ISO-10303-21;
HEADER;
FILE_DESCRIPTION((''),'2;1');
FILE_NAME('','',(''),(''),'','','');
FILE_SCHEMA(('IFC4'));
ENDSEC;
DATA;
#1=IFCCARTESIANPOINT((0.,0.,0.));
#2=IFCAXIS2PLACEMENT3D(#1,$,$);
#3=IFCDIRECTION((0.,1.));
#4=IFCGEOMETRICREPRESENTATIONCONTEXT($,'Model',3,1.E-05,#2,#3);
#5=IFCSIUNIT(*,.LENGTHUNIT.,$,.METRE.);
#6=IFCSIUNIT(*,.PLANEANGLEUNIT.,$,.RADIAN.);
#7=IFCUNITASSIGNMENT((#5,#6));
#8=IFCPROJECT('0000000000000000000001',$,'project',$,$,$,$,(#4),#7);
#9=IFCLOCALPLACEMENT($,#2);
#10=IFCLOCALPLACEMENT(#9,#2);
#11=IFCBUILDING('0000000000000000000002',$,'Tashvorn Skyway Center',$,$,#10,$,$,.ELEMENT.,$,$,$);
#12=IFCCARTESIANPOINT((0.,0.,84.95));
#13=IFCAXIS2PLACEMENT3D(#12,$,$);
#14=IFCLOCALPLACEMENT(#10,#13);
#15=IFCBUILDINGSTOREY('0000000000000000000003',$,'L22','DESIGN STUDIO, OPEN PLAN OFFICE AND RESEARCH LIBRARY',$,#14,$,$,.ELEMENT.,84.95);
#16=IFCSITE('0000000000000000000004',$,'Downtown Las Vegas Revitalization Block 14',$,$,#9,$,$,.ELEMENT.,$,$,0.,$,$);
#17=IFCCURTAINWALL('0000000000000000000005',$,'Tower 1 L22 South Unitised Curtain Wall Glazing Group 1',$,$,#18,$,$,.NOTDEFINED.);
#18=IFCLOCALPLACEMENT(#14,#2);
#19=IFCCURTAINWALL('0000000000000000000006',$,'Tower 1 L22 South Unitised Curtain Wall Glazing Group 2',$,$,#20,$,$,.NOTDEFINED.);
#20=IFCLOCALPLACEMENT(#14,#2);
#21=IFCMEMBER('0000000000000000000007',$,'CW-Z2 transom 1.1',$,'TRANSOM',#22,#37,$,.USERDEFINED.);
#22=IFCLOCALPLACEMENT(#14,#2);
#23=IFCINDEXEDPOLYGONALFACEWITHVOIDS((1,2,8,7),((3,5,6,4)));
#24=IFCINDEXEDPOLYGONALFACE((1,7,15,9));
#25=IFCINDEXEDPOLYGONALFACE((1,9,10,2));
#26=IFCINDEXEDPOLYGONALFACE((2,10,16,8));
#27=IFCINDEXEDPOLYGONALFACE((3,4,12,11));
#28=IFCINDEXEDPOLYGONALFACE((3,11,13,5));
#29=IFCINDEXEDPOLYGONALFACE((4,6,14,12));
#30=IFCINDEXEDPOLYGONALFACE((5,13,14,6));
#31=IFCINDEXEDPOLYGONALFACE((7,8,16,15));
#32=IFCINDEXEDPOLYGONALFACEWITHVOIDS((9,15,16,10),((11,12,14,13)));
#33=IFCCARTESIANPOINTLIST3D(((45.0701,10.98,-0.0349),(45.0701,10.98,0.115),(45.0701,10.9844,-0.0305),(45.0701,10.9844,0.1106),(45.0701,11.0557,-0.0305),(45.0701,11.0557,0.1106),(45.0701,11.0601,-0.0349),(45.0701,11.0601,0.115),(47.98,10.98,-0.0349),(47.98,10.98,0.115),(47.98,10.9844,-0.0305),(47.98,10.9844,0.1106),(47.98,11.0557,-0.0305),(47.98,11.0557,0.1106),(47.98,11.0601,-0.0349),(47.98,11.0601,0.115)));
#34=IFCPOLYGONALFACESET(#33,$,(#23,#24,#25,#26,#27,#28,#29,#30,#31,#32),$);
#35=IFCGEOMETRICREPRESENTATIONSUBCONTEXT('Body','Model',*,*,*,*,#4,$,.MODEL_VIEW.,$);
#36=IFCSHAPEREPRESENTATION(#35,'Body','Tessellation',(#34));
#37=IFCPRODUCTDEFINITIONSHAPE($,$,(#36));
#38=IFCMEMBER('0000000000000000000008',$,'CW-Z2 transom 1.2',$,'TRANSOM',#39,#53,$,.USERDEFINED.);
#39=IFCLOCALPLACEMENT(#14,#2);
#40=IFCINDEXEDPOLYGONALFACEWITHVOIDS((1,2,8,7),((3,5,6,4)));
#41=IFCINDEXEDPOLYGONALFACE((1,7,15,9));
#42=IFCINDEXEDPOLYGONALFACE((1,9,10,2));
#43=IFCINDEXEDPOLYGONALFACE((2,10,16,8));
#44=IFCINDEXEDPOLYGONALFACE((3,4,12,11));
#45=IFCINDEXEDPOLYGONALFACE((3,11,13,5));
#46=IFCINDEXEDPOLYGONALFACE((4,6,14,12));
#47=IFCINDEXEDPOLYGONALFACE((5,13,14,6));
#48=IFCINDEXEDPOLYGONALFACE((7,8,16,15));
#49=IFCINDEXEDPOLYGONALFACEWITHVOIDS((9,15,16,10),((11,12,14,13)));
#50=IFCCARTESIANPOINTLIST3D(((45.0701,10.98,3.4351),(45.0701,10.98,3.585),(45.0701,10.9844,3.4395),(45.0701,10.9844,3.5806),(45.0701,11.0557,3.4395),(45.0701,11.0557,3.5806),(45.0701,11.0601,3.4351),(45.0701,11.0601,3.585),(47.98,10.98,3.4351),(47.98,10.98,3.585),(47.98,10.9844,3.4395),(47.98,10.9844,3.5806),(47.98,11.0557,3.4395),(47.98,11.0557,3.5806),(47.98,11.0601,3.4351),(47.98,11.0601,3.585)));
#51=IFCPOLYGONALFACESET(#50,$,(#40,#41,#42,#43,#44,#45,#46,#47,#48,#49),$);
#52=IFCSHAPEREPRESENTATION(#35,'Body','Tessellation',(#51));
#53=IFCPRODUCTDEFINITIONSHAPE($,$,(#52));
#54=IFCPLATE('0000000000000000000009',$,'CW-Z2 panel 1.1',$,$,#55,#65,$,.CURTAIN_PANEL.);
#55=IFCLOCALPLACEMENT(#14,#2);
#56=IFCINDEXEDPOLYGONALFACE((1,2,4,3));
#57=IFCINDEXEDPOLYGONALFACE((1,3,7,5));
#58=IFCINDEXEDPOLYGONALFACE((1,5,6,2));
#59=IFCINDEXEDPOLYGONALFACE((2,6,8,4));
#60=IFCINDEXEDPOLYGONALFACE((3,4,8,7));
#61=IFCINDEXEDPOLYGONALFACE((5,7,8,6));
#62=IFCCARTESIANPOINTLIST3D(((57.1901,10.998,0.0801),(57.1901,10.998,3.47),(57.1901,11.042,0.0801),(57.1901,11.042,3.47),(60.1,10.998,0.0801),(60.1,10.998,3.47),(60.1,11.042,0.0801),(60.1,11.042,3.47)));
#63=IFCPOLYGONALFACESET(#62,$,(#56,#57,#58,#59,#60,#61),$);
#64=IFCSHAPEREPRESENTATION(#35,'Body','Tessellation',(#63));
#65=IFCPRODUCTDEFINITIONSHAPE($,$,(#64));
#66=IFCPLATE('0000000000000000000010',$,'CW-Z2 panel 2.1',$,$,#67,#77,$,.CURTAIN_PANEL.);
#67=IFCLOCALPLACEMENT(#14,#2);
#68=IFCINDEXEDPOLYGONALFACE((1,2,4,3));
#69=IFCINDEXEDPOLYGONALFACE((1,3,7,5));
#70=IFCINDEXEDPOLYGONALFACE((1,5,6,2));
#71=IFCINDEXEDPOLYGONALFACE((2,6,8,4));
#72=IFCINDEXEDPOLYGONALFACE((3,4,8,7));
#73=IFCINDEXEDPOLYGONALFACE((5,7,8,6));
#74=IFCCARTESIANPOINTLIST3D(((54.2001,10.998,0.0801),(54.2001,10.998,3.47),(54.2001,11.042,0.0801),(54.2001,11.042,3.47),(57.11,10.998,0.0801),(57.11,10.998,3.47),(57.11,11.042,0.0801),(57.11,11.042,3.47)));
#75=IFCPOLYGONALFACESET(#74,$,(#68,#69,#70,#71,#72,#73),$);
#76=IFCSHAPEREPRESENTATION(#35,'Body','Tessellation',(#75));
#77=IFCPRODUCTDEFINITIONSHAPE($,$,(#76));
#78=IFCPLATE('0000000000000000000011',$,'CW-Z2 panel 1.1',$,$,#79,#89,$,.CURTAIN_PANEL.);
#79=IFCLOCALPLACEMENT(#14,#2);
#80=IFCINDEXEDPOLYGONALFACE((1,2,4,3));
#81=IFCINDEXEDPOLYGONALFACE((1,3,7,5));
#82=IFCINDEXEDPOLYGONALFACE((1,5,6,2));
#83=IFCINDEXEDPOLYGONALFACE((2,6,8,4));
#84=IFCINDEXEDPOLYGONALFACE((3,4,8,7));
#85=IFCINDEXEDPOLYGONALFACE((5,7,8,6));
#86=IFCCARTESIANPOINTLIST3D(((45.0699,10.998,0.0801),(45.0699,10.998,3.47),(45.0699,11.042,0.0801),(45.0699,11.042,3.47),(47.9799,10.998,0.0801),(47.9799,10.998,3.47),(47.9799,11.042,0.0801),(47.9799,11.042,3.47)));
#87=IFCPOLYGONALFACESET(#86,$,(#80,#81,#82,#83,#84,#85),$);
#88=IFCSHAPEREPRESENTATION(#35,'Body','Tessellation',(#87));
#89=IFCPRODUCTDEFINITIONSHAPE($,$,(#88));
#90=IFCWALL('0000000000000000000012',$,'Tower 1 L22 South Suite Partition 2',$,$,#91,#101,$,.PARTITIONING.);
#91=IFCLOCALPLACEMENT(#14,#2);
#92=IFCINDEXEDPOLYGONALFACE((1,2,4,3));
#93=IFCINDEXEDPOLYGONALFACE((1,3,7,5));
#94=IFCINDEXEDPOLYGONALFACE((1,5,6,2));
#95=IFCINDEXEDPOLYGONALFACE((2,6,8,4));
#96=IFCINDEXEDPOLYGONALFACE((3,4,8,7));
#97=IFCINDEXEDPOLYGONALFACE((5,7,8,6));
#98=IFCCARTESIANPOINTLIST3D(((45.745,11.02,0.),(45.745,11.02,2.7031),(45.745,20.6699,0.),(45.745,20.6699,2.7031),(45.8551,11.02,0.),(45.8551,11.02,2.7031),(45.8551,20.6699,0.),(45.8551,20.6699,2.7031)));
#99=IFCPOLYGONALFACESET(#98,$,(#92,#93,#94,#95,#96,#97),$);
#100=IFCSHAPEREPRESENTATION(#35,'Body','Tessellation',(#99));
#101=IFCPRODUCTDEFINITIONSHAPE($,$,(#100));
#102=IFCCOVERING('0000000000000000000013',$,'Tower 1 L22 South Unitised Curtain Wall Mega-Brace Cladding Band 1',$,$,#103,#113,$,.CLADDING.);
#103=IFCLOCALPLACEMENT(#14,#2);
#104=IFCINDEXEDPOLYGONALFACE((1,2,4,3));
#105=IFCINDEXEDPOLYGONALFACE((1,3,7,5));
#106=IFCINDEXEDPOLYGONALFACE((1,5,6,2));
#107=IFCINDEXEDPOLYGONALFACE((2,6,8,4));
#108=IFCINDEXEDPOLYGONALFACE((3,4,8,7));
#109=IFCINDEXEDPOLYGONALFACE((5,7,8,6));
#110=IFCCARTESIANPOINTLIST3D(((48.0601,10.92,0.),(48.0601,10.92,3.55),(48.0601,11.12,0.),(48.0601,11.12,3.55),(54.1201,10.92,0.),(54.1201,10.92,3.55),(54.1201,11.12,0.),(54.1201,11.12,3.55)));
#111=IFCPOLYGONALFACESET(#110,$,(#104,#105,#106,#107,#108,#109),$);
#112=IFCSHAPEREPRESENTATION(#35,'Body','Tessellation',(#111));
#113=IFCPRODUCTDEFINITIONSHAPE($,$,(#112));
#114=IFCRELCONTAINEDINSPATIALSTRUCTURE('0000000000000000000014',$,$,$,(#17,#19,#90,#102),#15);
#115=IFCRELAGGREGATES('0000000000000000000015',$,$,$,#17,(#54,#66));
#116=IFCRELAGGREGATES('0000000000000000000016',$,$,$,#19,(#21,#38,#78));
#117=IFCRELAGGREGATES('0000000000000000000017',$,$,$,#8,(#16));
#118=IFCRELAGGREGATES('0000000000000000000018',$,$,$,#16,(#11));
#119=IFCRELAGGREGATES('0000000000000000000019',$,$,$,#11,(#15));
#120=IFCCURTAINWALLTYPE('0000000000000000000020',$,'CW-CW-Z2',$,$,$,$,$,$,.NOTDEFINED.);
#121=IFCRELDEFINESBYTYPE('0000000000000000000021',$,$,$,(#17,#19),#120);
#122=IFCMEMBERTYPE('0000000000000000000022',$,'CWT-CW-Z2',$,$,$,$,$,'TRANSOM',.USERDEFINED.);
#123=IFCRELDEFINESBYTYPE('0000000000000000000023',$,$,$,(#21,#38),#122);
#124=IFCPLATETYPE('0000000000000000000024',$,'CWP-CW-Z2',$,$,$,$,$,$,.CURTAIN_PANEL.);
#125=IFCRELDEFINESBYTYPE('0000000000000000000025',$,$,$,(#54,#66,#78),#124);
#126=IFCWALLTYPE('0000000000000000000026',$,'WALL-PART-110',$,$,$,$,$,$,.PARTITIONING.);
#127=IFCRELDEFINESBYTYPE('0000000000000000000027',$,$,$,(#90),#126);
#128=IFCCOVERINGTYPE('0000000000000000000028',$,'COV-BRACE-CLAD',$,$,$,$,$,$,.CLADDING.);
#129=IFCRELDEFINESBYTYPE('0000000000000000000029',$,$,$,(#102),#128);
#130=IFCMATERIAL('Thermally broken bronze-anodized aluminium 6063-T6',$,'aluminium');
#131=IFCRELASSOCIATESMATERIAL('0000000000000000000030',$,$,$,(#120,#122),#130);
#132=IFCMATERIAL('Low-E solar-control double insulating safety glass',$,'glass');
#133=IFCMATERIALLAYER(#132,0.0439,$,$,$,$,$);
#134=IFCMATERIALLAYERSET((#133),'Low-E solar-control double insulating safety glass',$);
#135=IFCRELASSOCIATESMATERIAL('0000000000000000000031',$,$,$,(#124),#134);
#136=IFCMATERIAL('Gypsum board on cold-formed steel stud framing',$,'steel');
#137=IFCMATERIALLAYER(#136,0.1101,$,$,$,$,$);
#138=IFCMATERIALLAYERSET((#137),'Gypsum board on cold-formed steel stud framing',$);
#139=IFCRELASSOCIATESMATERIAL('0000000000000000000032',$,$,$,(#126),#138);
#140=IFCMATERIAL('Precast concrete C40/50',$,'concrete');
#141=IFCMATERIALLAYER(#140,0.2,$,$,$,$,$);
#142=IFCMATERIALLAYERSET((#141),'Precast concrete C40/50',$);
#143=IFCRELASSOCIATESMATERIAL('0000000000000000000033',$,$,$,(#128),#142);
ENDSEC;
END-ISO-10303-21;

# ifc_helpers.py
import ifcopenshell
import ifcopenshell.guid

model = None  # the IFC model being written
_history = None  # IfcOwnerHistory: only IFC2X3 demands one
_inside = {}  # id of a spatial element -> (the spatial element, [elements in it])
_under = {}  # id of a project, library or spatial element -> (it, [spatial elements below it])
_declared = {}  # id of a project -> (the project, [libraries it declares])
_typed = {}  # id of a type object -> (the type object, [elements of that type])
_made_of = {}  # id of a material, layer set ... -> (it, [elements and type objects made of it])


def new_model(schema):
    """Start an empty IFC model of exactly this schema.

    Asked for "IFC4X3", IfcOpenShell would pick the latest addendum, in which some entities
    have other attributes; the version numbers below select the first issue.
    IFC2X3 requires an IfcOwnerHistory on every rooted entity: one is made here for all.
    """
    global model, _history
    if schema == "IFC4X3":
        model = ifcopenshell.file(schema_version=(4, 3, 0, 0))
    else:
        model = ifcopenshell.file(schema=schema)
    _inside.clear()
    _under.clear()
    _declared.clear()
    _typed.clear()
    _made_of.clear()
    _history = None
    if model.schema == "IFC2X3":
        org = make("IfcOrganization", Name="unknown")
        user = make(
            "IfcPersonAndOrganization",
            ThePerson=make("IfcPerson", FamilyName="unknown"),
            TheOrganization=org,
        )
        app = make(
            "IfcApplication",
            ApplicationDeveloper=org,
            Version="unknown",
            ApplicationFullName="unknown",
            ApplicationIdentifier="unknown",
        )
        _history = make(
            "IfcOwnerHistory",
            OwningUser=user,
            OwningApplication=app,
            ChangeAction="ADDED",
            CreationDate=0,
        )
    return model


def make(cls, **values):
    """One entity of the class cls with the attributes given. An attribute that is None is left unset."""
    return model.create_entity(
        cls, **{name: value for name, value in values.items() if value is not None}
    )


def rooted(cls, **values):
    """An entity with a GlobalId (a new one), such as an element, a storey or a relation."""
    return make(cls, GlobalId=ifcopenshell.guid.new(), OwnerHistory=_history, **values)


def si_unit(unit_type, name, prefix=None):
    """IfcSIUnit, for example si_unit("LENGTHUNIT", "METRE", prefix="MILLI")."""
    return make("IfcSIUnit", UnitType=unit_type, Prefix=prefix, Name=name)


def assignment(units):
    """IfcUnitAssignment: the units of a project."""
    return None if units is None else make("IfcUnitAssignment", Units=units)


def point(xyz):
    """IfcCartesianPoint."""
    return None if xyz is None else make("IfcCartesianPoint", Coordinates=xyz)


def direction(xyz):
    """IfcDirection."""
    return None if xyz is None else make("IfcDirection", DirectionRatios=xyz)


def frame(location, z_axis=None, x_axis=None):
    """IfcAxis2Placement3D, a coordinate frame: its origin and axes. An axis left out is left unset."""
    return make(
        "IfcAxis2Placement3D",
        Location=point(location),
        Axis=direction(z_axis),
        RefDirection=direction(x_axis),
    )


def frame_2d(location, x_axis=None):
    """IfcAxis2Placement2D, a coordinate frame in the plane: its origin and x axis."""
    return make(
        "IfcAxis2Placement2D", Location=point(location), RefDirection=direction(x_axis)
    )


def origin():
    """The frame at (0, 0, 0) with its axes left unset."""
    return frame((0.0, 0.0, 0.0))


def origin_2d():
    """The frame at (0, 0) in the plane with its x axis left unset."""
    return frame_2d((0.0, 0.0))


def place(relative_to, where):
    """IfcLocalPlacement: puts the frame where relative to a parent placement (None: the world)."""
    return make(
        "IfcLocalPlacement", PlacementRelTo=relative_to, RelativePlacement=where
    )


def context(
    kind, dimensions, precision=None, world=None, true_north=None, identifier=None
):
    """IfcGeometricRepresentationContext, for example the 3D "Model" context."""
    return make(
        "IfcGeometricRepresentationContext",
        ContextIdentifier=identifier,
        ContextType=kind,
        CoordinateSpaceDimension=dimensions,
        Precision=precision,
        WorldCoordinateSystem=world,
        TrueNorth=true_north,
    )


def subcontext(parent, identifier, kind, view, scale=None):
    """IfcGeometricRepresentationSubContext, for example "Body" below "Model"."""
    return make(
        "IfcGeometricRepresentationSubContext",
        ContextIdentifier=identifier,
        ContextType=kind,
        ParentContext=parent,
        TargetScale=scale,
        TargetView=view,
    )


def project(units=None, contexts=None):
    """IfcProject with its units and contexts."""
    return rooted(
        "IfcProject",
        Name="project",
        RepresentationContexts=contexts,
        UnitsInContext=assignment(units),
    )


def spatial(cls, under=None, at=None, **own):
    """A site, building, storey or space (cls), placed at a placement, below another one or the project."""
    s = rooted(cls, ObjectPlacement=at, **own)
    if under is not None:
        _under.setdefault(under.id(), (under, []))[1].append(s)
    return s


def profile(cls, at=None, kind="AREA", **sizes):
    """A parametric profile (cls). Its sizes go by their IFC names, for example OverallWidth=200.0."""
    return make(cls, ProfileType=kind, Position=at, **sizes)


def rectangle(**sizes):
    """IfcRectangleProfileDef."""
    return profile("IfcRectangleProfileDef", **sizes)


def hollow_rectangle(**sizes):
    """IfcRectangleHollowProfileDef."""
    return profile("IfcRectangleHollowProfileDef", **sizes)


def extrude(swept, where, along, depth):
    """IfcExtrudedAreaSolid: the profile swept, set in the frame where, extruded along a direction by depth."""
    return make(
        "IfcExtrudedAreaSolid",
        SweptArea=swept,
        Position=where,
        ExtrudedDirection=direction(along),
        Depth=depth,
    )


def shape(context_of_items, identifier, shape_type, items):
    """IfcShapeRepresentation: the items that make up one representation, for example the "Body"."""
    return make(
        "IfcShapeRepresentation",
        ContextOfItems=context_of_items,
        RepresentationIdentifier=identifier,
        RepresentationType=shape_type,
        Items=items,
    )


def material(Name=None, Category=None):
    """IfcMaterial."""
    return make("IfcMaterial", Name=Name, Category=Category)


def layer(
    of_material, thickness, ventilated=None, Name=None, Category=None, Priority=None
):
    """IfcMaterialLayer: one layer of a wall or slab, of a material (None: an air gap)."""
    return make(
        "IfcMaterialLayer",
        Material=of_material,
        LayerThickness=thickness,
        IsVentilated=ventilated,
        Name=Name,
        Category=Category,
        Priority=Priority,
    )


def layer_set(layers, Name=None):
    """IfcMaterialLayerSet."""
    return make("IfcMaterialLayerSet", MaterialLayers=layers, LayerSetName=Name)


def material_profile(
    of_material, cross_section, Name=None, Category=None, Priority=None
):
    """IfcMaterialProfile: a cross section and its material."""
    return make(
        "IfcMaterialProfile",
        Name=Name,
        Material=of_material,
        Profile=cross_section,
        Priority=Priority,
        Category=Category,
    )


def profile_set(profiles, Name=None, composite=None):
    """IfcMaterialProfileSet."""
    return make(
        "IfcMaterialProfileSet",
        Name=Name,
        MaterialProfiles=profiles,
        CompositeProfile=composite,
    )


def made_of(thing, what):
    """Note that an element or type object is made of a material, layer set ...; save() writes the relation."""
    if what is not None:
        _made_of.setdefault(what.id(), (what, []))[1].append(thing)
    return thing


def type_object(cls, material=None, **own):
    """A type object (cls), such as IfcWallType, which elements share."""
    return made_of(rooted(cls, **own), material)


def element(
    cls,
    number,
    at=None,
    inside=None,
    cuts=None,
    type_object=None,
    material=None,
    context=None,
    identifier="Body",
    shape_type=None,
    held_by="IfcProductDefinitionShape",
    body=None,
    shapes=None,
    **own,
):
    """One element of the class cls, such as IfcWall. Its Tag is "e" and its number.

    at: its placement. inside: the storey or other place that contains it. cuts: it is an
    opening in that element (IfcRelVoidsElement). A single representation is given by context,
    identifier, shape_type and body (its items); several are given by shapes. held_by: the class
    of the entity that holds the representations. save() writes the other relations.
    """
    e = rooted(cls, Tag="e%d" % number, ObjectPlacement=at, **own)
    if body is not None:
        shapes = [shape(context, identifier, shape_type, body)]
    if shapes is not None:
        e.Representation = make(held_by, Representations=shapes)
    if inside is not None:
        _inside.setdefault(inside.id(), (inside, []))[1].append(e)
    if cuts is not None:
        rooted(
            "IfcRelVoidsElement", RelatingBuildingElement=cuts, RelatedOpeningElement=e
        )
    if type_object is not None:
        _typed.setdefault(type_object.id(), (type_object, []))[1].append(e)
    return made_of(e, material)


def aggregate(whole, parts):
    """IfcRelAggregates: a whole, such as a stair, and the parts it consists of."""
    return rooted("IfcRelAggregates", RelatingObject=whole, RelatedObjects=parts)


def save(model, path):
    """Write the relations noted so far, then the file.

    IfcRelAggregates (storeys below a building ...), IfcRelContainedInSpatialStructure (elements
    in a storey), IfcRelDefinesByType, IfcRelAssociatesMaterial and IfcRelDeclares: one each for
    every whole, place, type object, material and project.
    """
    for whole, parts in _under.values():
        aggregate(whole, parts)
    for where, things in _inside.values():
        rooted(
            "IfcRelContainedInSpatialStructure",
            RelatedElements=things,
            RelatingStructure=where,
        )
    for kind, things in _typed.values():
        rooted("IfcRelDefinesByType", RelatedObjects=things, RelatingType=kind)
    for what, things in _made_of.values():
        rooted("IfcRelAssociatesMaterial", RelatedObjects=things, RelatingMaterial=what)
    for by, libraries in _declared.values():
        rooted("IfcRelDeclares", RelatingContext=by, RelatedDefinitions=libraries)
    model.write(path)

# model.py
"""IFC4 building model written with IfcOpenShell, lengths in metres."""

from ifc_helpers import new_model, si_unit, direction, frame, frame_2d, origin, origin_2d, place, context, subcontext, project, spatial, rectangle, hollow_rectangle, extrude, material, layer, layer_set, material_profile, profile_set, type_object, element, aggregate, save


model = new_model("IFC4")

# Units and contexts
model_context = context("Model", 3, precision=1e-05, world=origin(), true_north=direction((0.0, 1.0)))
body_context = subcontext(model_context, "Body", "Model", "MODEL_VIEW")
ifc_project = project(units=[si_unit("LENGTHUNIT", "METRE"), si_unit("PLANEANGLEUNIT", "RADIAN")], contexts=[model_context])

# Site, building, storey
site_placement = place(None, origin())
site = spatial("IfcSite", under=ifc_project, at=site_placement, Name="Downtown Las Vegas Revitalization Block 14", CompositionType="ELEMENT", RefElevation=0.0)
building_placement = place(site_placement, origin())
building = spatial("IfcBuilding", under=site, at=building_placement, Name="Tashvorn Skyway Center", CompositionType="ELEMENT")
storey_placement = place(building_placement, frame((0.0, 0.0, 84.95)))
storey = spatial("IfcBuildingStorey", under=building, at=storey_placement, Name="L22", Description="DESIGN STUDIO, OPEN PLAN OFFICE AND RESEARCH LIBRARY", CompositionType="ELEMENT", Elevation=84.95)

# Curtain wall
ifc_material_1 = material(Name="Thermally broken bronze-anodized aluminium 6063-T6", Category="aluminium")
curtain_wall_type = type_object("IfcCurtainWallType", Name="CW-CW-Z2", PredefinedType="NOTDEFINED", material=ifc_material_1)
curtain_wall_1_placement = place(storey_placement, origin())
curtain_wall_1 = element("IfcCurtainWall", 1, at=curtain_wall_1_placement, inside=storey, type_object=curtain_wall_type, Name="Tower 1 L22 South Unitised Curtain Wall Glazing Group 1", PredefinedType="NOTDEFINED")

# Curtain wall
curtain_wall_2_placement = place(storey_placement, origin())
curtain_wall_2 = element("IfcCurtainWall", 2, at=curtain_wall_2_placement, inside=storey, type_object=curtain_wall_type, Name="Tower 1 L22 South Unitised Curtain Wall Glazing Group 2", PredefinedType="NOTDEFINED")

# Members
ifc_material_profile_1 = material_profile(ifc_material_1, hollow_rectangle(XDim=0.0801, YDim=0.1499, WallThickness=0.0044, at=origin_2d()), Name="ALU-TRAN-80x150")
ifc_profile_set_1 = profile_set([ifc_material_profile_1], Name="Thermally broken bronze-anodized aluminium 6063-T6")
member_type_1 = type_object("IfcMemberType", Name="CWT-CW-Z2", ElementType="TRANSOM", PredefinedType="USERDEFINED", material=ifc_profile_set_1)
member_1_placement = place(storey_placement, frame((47.98, 11.02, 0.04), z_axis=(-1.0, 0.0, 0.0), x_axis=(0.0, -1.0, 0.0)))
member_1 = element("IfcMember", 3, at=member_1_placement, type_object=member_type_1, Name="CW-Z2 transom 1.1", ObjectType="TRANSOM", PredefinedType="USERDEFINED", context=body_context, shape_type="SweptSolid", body=[
    extrude(hollow_rectangle(XDim=0.0801, YDim=0.1499, WallThickness=0.0044, at=origin_2d()), origin(), (0.0, 0.0, 1.0), 2.9099),
])
member_2_placement = place(storey_placement, frame((47.98, 11.02, 3.51), z_axis=(-1.0, 0.0, 0.0), x_axis=(0.0, -1.0, 0.0)))
member_2 = element("IfcMember", 4, at=member_2_placement, type_object=member_type_1, Name="CW-Z2 transom 1.2", ObjectType="TRANSOM", PredefinedType="USERDEFINED", context=body_context, shape_type="SweptSolid", body=[
    extrude(hollow_rectangle(XDim=0.0801, YDim=0.1499, WallThickness=0.0044, at=origin_2d()), origin(), (0.0, 0.0, 1.0), 2.9099),
])

# Plates
ifc_material_2 = material(Name="Low-E solar-control double insulating safety glass", Category="glass")
ifc_layer_1 = layer(ifc_material_2, 0.0439)
ifc_layer_set_1 = layer_set([ifc_layer_1], Name="Low-E solar-control double insulating safety glass")
plate_type = type_object("IfcPlateType", Name="CWP-CW-Z2", PredefinedType="CURTAIN_PANEL", material=ifc_layer_set_1)
plate_1_placement = place(storey_placement, frame((58.645, 11.02, 0.0801), z_axis=(0.0, 0.0, 1.0), x_axis=(-1.0, 0.0, 0.0)))
plate_1 = element("IfcPlate", 5, at=plate_1_placement, type_object=plate_type, Name="CW-Z2 panel 1.1", PredefinedType="CURTAIN_PANEL", context=body_context, shape_type="SweptSolid", body=[
    extrude(rectangle(XDim=2.9099, YDim=0.0439, at=origin_2d()), origin(), (0.0, 0.0, 1.0), 3.3899),
])
plate_2_placement = place(storey_placement, frame((55.655, 11.02, 0.0801), z_axis=(0.0, 0.0, 1.0), x_axis=(-1.0, 0.0, 0.0)))
plate_2 = element("IfcPlate", 6, at=plate_2_placement, type_object=plate_type, Name="CW-Z2 panel 2.1", PredefinedType="CURTAIN_PANEL", context=body_context, shape_type="SweptSolid", body=[
    extrude(rectangle(XDim=2.9099, YDim=0.0439, at=origin_2d()), origin(), (0.0, 0.0, 1.0), 3.3899),
])
aggregate(curtain_wall_1, [plate_1, plate_2])
plate_3_placement = place(storey_placement, frame((46.5249, 11.02, 0.0801), z_axis=(0.0, 0.0, 1.0), x_axis=(-1.0, 0.0, 0.0)))
plate_3 = element("IfcPlate", 7, at=plate_3_placement, type_object=plate_type, Name="CW-Z2 panel 1.1", PredefinedType="CURTAIN_PANEL", context=body_context, shape_type="SweptSolid", body=[
    extrude(rectangle(XDim=2.9099, YDim=0.0439, at=origin_2d()), origin(), (0.0, 0.0, 1.0), 3.3899),
])
aggregate(curtain_wall_2, [member_1, member_2, plate_3])

# Wall
ifc_material_3 = material(Name="Gypsum board on cold-formed steel stud framing", Category="steel")
ifc_layer_2 = layer(ifc_material_3, 0.1101)
ifc_layer_set_2 = layer_set([ifc_layer_2], Name="Gypsum board on cold-formed steel stud framing")
wall_type = type_object("IfcWallType", Name="WALL-PART-110", PredefinedType="PARTITIONING", material=ifc_layer_set_2)
wall_placement = place(storey_placement, frame((45.8, 11.02, 0.0), z_axis=(0.0, 0.0, 1.0), x_axis=(0.0, 1.0, 0.0)))
element("IfcWall", 8, at=wall_placement, inside=storey, type_object=wall_type, Name="Tower 1 L22 South Suite Partition 2", PredefinedType="PARTITIONING", context=body_context, shape_type="SweptSolid", body=[
    extrude(rectangle(XDim=9.6499, YDim=0.1101, at=frame_2d((4.825, 0.0))), origin(), (0.0, 0.0, 1.0), 2.7031),
])

# Covering
ifc_material_4 = material(Name="Precast concrete C40/50", Category="concrete")
ifc_layer_3 = layer(ifc_material_4, 0.2)
ifc_layer_set_3 = layer_set([ifc_layer_3], Name="Precast concrete C40/50")
covering_type = type_object("IfcCoveringType", Name="COV-BRACE-CLAD", PredefinedType="CLADDING", material=ifc_layer_set_3)
covering_placement = place(storey_placement, frame((51.0901, 11.02, 0.0), z_axis=(0.0, 0.0, 1.0), x_axis=(-1.0, 0.0, 0.0)))
element("IfcCovering", 9, at=covering_placement, inside=storey, type_object=covering_type, Name="Tower 1 L22 South Unitised Curtain Wall Mega-Brace Cladding Band 1", PredefinedType="CLADDING", context=body_context, shape_type="SweptSolid", body=[
    extrude(rectangle(XDim=6.0601, YDim=0.2, at=origin_2d()), origin(), (0.0, 0.0, 1.0), 3.55),
])

save(model, "model.ifc")
